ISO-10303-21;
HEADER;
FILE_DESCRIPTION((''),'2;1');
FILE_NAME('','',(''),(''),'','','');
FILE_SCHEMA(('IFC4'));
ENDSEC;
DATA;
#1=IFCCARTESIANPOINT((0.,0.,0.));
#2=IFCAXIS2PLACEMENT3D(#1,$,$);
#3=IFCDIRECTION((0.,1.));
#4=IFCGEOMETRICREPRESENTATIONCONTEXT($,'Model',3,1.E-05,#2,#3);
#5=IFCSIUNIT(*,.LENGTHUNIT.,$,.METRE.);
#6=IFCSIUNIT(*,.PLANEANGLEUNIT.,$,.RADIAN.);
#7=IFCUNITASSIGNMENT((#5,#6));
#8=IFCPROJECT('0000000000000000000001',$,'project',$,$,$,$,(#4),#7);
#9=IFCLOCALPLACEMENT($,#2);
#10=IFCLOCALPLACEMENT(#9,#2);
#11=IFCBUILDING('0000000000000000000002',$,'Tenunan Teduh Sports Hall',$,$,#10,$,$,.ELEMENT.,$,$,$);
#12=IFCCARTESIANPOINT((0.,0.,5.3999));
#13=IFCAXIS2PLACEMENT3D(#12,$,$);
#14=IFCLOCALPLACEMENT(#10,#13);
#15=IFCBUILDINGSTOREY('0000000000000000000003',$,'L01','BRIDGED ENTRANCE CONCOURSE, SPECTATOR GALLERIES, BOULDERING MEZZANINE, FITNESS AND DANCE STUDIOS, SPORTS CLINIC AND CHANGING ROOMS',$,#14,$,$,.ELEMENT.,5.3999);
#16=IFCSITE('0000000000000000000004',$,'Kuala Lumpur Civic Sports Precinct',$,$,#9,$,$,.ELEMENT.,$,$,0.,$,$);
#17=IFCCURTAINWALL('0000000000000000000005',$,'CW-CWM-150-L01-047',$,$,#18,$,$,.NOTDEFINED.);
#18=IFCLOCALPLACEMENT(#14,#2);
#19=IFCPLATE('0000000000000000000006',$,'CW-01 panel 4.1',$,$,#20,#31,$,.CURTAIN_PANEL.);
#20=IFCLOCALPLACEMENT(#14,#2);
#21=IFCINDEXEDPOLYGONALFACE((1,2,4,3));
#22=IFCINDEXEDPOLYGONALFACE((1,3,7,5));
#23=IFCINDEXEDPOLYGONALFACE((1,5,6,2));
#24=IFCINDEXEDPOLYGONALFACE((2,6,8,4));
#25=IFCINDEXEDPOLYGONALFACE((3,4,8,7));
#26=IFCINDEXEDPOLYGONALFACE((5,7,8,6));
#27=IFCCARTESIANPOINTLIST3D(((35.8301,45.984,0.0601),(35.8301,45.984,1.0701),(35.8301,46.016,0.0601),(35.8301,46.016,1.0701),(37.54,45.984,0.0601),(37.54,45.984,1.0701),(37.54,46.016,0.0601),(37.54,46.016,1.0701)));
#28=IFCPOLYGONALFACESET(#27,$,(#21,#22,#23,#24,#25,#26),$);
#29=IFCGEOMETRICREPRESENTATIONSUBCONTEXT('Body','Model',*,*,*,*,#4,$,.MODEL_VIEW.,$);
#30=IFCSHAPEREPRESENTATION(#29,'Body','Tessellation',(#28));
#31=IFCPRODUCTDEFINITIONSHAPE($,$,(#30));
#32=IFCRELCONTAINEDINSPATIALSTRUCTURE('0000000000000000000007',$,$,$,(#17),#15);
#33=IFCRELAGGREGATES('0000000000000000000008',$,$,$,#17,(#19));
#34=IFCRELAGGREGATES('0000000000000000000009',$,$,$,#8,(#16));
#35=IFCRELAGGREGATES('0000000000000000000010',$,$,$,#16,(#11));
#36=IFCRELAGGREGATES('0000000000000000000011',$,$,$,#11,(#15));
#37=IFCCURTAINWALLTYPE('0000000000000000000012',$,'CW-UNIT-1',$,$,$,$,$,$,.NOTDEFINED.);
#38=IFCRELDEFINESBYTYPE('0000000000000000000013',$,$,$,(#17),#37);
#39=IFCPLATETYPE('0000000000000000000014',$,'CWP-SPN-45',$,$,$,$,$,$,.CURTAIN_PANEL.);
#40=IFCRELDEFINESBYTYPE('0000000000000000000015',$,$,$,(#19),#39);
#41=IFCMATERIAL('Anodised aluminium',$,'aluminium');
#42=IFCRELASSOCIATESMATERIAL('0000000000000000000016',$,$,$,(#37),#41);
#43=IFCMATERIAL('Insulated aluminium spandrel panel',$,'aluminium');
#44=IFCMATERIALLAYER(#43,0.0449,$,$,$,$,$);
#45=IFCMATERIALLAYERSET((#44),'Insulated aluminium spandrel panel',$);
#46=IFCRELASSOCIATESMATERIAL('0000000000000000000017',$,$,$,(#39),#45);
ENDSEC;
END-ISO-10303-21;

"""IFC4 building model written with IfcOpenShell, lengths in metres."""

from ifc_helpers import new_model, si_unit, direction, frame, origin, origin_2d, place, context, subcontext, project, spatial, rectangle, extrude, material, layer, layer_set, type_object, element, aggregate, save


model = new_model("IFC4")

# Units and contexts
model_context = context("Model", 3, precision=1e-05, world=origin(), true_north=direction((0.0, 1.0)))
body_context = subcontext(model_context, "Body", "Model", "MODEL_VIEW")
ifc_project = project(units=[si_unit("LENGTHUNIT", "METRE"), si_unit("PLANEANGLEUNIT", "RADIAN")], contexts=[model_context])

# Site, building, storey
site_placement = place(None, origin())
site = spatial("IfcSite", under=ifc_project, at=site_placement, Name="Kuala Lumpur Civic Sports Precinct", CompositionType="ELEMENT", RefElevation=0.0)
building_placement = place(site_placement, origin())
building = spatial("IfcBuilding", under=site, at=building_placement, Name="Tenunan Teduh Sports Hall", CompositionType="ELEMENT")
storey_placement = place(building_placement, frame((0.0, 0.0, 5.3999)))
storey = spatial("IfcBuildingStorey", under=building, at=storey_placement, Name="L01", Description="BRIDGED ENTRANCE CONCOURSE, SPECTATOR GALLERIES, BOULDERING MEZZANINE, FITNESS AND DANCE STUDIOS, SPORTS CLINIC AND CHANGING ROOMS", CompositionType="ELEMENT", Elevation=5.3999)

# Curtain wall
ifc_material_1 = material(Name="Anodised aluminium", Category="aluminium")
curtain_wall_type = type_object("IfcCurtainWallType", Name="CW-UNIT-1", PredefinedType="NOTDEFINED", material=ifc_material_1)
curtain_wall_placement = place(storey_placement, origin())
curtain_wall = element("IfcCurtainWall", 1, at=curtain_wall_placement, inside=storey, type_object=curtain_wall_type, Name="CW-CWM-150-L01-047", PredefinedType="NOTDEFINED")

# Plate
ifc_material_2 = material(Name="Insulated aluminium spandrel panel", Category="aluminium")
ifc_layer_1 = layer(ifc_material_2, 0.0449)
ifc_layer_set_1 = layer_set([ifc_layer_1], Name="Insulated aluminium spandrel panel")
plate_type_1 = type_object("IfcPlateType", Name="CWP-SPN-45", PredefinedType="CURTAIN_PANEL", material=ifc_layer_set_1)
plate_1_placement = place(storey_placement, frame((36.6851, 46.0, 0.0601), z_axis=(0.0, 0.0, 1.0), x_axis=(1.0, 0.0, 0.0)))
plate_1 = element("IfcPlate", 2, at=plate_1_placement, type_object=plate_type_1, Name="CW-01 panel 4.1", PredefinedType="CURTAIN_PANEL", context=body_context, shape_type="SweptSolid", body=[
    extrude(rectangle(XDim=1.71, YDim=0.032, at=origin_2d()), origin(), (0.0, 0.0, 1.0), 1.01),
])
aggregate(curtain_wall, [plate_1])

save(model, "model.ifc")
